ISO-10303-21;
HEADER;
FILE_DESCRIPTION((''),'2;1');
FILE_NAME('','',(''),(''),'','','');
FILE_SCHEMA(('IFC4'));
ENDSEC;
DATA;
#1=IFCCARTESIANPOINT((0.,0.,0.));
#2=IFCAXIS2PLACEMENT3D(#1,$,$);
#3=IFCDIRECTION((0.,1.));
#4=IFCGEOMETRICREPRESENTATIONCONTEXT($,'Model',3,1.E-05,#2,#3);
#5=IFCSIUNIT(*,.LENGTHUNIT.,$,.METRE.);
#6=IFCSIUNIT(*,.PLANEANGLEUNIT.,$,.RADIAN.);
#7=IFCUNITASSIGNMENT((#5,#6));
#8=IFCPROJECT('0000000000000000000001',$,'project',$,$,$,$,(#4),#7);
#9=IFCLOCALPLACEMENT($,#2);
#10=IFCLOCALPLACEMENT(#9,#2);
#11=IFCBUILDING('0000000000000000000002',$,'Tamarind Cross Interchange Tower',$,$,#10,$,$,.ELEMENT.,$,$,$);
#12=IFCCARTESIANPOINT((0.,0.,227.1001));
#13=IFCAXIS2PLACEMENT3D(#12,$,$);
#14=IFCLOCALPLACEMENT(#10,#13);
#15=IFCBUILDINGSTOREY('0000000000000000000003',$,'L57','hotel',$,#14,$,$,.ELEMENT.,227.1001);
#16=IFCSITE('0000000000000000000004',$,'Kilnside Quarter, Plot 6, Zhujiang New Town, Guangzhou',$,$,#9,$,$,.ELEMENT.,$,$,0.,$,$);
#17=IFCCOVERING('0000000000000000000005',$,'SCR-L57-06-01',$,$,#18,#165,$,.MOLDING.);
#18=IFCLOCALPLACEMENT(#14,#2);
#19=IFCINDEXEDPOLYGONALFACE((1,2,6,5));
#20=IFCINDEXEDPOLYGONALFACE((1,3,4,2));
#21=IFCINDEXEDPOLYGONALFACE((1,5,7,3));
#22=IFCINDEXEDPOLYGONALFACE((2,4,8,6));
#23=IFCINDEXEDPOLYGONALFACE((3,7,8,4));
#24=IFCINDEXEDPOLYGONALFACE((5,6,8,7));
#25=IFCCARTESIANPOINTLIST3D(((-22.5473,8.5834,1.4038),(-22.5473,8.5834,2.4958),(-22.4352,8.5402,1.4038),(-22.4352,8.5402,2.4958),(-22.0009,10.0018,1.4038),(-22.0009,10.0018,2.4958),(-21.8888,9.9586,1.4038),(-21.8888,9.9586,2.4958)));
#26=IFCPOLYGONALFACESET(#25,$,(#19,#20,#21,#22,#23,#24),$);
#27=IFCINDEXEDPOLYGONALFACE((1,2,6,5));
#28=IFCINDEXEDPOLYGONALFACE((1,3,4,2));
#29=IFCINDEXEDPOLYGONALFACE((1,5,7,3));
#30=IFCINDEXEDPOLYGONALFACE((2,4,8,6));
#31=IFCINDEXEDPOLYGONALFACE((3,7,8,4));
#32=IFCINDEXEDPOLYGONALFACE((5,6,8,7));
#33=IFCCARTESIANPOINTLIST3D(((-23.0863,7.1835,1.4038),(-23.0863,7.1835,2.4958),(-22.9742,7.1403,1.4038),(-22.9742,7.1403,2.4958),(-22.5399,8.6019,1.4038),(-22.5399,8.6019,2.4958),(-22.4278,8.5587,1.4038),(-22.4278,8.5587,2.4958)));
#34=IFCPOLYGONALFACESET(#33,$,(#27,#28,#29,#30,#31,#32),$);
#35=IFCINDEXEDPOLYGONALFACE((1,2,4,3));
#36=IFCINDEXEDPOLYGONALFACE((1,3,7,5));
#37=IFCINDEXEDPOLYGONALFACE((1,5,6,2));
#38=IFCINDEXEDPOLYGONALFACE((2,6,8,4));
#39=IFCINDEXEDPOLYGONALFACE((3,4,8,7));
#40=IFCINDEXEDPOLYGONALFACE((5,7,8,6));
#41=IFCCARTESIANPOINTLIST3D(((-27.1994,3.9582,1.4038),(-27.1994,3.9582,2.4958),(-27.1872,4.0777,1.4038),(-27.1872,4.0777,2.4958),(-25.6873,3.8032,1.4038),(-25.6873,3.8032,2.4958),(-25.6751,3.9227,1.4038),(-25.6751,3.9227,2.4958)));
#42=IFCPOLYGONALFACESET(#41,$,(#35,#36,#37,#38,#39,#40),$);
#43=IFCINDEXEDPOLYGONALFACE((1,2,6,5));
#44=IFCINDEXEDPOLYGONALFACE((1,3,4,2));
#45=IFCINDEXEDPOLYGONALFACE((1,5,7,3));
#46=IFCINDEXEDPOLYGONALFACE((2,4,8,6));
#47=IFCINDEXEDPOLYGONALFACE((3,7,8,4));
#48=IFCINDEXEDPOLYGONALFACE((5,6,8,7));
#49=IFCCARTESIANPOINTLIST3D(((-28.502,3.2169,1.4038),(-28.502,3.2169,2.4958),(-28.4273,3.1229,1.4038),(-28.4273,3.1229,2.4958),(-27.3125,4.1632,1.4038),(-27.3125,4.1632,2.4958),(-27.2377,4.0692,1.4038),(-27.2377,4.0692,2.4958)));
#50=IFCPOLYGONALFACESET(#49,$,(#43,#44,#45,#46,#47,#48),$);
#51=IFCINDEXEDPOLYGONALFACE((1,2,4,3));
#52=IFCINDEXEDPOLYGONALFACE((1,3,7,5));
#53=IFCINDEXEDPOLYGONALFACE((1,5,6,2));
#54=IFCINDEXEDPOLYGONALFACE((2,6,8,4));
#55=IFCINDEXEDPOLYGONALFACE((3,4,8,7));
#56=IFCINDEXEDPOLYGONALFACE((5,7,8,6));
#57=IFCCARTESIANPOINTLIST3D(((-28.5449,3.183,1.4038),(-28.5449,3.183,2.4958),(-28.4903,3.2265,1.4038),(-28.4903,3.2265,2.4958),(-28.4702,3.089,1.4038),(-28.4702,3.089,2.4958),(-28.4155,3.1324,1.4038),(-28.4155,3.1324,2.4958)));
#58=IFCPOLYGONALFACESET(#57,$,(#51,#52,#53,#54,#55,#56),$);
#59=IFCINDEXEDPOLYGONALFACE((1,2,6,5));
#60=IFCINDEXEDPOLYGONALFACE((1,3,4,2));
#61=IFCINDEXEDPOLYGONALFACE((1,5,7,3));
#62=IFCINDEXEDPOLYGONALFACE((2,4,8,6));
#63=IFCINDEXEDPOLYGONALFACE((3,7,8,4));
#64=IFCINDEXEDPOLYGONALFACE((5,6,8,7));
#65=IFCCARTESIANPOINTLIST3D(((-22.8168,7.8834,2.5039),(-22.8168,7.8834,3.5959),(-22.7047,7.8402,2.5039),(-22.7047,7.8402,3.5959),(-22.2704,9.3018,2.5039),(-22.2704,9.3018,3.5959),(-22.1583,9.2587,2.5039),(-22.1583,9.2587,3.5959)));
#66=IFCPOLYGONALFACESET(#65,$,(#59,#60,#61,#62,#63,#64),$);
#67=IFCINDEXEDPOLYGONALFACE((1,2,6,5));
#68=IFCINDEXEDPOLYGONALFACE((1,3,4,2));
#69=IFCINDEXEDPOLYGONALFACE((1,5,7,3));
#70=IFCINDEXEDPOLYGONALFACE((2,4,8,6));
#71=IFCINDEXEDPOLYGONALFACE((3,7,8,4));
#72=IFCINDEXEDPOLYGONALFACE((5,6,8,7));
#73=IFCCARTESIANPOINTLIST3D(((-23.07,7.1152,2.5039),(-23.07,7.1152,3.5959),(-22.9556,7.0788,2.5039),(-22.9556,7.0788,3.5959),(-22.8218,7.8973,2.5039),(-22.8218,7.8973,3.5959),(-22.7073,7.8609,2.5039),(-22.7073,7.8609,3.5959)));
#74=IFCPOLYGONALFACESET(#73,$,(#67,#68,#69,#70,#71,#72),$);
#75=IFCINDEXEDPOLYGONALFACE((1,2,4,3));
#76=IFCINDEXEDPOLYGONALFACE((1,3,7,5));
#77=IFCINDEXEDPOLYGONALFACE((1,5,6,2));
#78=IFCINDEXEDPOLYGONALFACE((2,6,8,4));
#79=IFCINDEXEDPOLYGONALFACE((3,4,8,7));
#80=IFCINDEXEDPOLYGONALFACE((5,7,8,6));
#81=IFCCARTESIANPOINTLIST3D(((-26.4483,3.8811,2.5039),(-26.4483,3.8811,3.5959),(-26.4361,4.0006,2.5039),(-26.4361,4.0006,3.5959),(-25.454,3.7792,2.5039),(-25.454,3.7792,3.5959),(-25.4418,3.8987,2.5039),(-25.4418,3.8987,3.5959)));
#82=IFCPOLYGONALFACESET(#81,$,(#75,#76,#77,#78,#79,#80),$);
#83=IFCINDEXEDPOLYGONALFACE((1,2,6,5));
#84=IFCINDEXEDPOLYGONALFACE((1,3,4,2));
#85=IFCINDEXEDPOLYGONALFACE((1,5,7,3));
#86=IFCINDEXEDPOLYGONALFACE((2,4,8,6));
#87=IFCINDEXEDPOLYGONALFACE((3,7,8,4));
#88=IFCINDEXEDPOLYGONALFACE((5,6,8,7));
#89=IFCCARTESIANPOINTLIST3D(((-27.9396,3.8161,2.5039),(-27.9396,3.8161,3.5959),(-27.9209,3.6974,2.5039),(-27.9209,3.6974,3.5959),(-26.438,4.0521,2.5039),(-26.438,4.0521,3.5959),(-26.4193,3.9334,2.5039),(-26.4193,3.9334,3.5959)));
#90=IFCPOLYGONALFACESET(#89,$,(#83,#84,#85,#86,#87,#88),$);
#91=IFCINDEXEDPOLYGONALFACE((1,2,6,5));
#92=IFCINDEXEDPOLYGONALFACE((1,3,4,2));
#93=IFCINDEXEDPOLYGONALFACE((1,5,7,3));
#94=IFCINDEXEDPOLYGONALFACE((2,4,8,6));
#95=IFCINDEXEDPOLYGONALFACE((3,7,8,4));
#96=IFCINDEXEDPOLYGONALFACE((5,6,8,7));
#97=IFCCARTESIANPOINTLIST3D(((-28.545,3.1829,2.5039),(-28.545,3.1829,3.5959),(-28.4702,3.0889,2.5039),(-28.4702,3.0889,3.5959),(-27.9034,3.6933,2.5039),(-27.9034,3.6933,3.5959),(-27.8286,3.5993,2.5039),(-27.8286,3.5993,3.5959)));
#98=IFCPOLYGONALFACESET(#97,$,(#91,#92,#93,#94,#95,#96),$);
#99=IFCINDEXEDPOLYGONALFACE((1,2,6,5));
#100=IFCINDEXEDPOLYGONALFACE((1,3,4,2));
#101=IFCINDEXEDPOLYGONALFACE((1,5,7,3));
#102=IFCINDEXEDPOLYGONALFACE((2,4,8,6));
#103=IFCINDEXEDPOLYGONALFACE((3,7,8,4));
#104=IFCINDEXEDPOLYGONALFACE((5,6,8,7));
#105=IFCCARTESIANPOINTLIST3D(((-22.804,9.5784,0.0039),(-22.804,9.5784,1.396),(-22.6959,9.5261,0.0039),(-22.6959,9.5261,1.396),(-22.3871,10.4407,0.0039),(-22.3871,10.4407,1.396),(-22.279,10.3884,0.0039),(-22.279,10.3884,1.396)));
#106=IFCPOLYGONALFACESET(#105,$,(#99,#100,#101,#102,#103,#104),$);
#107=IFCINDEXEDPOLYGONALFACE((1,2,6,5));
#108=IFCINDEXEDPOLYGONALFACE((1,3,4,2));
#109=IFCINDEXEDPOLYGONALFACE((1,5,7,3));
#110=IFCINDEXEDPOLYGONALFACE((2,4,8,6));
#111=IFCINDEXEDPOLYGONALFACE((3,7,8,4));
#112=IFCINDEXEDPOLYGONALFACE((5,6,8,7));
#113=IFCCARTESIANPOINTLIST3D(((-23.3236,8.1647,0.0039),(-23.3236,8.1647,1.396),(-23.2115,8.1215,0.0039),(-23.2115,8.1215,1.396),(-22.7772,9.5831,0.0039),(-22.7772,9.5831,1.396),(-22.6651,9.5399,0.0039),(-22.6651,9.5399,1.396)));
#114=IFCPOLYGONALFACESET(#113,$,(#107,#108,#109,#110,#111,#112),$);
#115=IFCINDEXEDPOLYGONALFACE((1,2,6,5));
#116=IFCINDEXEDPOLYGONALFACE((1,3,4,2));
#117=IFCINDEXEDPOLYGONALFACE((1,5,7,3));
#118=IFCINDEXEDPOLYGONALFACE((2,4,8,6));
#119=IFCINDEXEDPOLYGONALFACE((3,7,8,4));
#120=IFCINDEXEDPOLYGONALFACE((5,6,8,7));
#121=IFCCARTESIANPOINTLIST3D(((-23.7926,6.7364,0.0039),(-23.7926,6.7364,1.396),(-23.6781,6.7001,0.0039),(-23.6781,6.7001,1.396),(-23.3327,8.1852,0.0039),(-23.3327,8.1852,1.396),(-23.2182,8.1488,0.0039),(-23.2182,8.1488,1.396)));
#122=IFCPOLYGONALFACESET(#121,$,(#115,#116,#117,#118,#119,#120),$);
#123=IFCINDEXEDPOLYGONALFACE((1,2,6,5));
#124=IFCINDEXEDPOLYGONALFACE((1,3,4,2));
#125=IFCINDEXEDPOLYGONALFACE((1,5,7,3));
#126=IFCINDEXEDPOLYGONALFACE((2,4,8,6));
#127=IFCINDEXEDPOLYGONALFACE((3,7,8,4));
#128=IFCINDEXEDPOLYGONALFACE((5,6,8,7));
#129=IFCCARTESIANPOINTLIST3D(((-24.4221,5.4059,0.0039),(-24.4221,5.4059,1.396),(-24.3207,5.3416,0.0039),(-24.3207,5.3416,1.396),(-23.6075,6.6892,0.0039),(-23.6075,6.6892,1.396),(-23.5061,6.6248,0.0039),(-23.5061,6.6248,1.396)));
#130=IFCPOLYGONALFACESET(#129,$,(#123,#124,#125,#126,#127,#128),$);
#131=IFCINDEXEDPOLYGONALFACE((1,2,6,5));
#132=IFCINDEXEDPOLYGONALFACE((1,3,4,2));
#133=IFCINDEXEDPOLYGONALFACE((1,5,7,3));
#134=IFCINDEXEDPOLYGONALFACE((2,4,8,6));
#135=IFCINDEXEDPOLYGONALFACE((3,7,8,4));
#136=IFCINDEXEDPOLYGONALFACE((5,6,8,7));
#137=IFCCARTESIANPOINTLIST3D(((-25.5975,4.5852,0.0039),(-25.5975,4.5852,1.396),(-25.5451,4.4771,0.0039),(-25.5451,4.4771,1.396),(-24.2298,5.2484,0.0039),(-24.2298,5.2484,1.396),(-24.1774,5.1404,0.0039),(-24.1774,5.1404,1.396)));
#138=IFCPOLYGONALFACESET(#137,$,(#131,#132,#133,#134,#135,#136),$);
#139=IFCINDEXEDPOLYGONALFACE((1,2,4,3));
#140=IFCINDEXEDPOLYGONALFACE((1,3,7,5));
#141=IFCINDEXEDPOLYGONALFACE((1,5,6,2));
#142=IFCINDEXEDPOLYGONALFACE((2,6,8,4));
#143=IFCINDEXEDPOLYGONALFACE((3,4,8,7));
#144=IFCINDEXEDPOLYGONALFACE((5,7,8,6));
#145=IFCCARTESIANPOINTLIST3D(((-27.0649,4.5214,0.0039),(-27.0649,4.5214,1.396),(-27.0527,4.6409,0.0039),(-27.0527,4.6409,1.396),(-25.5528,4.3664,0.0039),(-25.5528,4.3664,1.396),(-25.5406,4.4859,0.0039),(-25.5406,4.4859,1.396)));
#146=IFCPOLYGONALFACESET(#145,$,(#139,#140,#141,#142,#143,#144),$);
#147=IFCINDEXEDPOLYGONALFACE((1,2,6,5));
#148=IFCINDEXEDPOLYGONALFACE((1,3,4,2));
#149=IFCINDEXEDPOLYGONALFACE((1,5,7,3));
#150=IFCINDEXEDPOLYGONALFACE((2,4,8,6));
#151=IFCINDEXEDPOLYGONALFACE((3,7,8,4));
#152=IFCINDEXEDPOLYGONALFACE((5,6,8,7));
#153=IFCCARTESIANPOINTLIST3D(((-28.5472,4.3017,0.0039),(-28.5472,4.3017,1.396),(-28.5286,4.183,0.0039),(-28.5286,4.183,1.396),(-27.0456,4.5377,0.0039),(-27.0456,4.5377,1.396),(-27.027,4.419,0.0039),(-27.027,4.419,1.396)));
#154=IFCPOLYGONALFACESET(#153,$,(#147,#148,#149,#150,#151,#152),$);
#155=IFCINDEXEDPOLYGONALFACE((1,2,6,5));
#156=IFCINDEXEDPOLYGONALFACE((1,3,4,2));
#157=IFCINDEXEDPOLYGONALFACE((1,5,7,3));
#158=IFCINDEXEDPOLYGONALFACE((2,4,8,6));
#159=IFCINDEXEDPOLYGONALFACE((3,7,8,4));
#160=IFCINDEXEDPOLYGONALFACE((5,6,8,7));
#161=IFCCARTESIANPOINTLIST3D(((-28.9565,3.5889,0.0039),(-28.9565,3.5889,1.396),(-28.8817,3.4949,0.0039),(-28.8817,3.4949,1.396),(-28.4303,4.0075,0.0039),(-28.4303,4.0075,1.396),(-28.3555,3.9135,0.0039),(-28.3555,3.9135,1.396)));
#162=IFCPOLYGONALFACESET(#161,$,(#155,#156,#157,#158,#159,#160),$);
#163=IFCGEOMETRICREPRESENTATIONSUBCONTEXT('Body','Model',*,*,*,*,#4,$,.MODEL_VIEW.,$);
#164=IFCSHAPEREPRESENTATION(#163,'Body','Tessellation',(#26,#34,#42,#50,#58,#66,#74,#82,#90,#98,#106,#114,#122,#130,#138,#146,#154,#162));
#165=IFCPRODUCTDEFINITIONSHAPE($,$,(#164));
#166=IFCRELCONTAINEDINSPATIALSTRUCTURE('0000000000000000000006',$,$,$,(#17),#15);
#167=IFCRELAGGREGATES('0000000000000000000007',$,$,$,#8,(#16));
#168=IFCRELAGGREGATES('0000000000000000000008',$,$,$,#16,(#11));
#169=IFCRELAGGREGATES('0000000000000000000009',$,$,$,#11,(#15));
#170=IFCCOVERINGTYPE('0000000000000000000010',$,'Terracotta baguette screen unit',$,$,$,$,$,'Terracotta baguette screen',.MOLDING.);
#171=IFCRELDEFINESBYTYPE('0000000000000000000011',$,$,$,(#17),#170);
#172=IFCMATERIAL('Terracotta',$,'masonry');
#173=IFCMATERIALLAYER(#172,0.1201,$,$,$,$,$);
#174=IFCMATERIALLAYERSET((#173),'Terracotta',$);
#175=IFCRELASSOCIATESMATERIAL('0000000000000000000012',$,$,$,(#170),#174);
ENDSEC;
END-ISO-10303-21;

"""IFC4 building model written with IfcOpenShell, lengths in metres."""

from ifc_helpers import new_model, si_unit, direction, frame, origin, origin_2d, place, context, subcontext, project, spatial, rectangle, extrude, material, layer, layer_set, type_object, element, save


model = new_model("IFC4")

# Units and contexts
model_context = context("Model", 3, precision=1e-05, world=origin(), true_north=direction((0.0, 1.0)))
body_context = subcontext(model_context, "Body", "Model", "MODEL_VIEW")
ifc_project = project(units=[si_unit("LENGTHUNIT", "METRE"), si_unit("PLANEANGLEUNIT", "RADIAN")], contexts=[model_context])

# Site, building, storey
site_placement = place(None, origin())
site = spatial("IfcSite", under=ifc_project, at=site_placement, Name="Kilnside Quarter, Plot 6, Zhujiang New Town, Guangzhou", CompositionType="ELEMENT", RefElevation=0.0)
building_placement = place(site_placement, origin())
building = spatial("IfcBuilding", under=site, at=building_placement, Name="Tamarind Cross Interchange Tower", CompositionType="ELEMENT")
storey_placement = place(building_placement, frame((0.0, 0.0, 227.1001)))
storey = spatial("IfcBuildingStorey", under=building, at=storey_placement, Name="L57", Description="hotel", CompositionType="ELEMENT", Elevation=227.1001)

# Covering
ifc_material_1 = material(Name="Terracotta", Category="masonry")
ifc_layer_1 = layer(ifc_material_1, 0.1201)
ifc_layer_set_1 = layer_set([ifc_layer_1], Name="Terracotta")
covering_type = type_object("IfcCoveringType", Name="Terracotta baguette screen unit", ElementType="Terracotta baguette screen", PredefinedType="MOLDING", material=ifc_layer_set_1)
covering_1_placement = place(storey_placement, origin())
element("IfcCovering", 1, at=covering_1_placement, inside=storey, type_object=covering_type, Name="SCR-L57-06-01", PredefinedType="MOLDING", context=body_context, shape_type="SweptSolid", body=[
    extrude(rectangle(XDim=1.52, YDim=0.1201, at=origin_2d()), frame((-22.218, 9.271, 1.4038), z_axis=(0.0, 0.0, 1.0), x_axis=(-0.359478, -0.933153, 0.0)), (0.0, 0.0, 1.0), 1.092),
    extrude(rectangle(XDim=1.52, YDim=0.1201, at=origin_2d()), frame((-22.7571, 7.8711, 1.4038), z_axis=(0.0, 0.0, 1.0), x_axis=(-0.359478, -0.933153, 0.0)), (0.0, 0.0, 1.0), 1.092),
    extrude(rectangle(XDim=1.52, YDim=0.1201, at=origin_2d()), frame((-26.4373, 3.9404, 1.4038), z_axis=(0.0, 0.0, 1.0), x_axis=(-0.994785, 0.10199, 0.0)), (0.0, 0.0, 1.0), 1.092),
    extrude(rectangle(XDim=1.52, YDim=0.1201, at=origin_2d()), frame((-27.8699, 3.6431, 1.4038), z_axis=(0.0, 0.0, 1.0), x_axis=(-0.782606, -0.622517, 0.0)), (0.0, 0.0, 1.0), 1.092),
    extrude(rectangle(XDim=0.0698, YDim=0.1201, at=origin_2d()), frame((-28.4802, 3.1577, 1.4038), z_axis=(0.0, 0.0, 1.0), x_axis=(-0.782606, -0.622517, 0.0)), (0.0, 0.0, 1.0), 1.092),
    extrude(rectangle(XDim=1.52, YDim=0.1201, at=origin_2d()), frame((-22.4875, 8.571, 2.5039), z_axis=(0.0, 0.0, 1.0), x_axis=(-0.359478, -0.933153, 0.0)), (0.0, 0.0, 1.0), 1.092),
    extrude(rectangle(XDim=0.8206, YDim=0.1201, at=origin_2d()), frame((-22.8887, 7.488, 2.5039), z_axis=(0.0, 0.0, 1.0), x_axis=(-0.302552, -0.953133, 0.0)), (0.0, 0.0, 1.0), 1.092),
    extrude(rectangle(XDim=0.9995, YDim=0.1201, at=origin_2d()), frame((-25.9451, 3.8899, 2.5039), z_axis=(0.0, 0.0, 1.0), x_axis=(-0.994785, 0.10199, 0.0)), (0.0, 0.0, 1.0), 1.092),
    extrude(rectangle(XDim=1.52, YDim=0.1201, at=origin_2d()), frame((-27.1794, 3.8748, 2.5039), z_axis=(0.0, 0.0, 1.0), x_axis=(-0.987876, -0.155243, 0.0)), (0.0, 0.0, 1.0), 1.092),
    extrude(rectangle(XDim=0.8198, YDim=0.1201, at=origin_2d()), frame((-28.1868, 3.3911, 2.5039), z_axis=(0.0, 0.0, 1.0), x_axis=(-0.782606, -0.622517, 0.0)), (0.0, 0.0, 1.0), 1.092),
    extrude(rectangle(XDim=0.9578, YDim=0.1201, at=origin_2d()), frame((-22.5415, 9.9834, 0.0039), z_axis=(0.0, 0.0, 1.0), x_axis=(-0.435326, -0.900273, 0.0)), (0.0, 0.0, 1.0), 1.3921),
    extrude(rectangle(XDim=1.52, YDim=0.1201, at=origin_2d()), frame((-22.9944, 8.8523, 0.0039), z_axis=(0.0, 0.0, 1.0), x_axis=(-0.359478, -0.933153, 0.0)), (0.0, 0.0, 1.0), 1.3921),
    extrude(rectangle(XDim=1.52, YDim=0.1201, at=origin_2d()), frame((-23.5054, 7.4426, 0.0039), z_axis=(0.0, 0.0, 1.0), x_axis=(-0.302552, -0.953133, 0.0)), (0.0, 0.0, 1.0), 1.3921),
    extrude(rectangle(XDim=1.52, YDim=0.1201, at=origin_2d()), frame((-23.9641, 6.0154, 0.0039), z_axis=(0.0, 0.0, 1.0), x_axis=(-0.535946, -0.844252, 0.0)), (0.0, 0.0, 1.0), 1.3921),
    extrude(rectangle(XDim=1.52, YDim=0.1201, at=origin_2d()), frame((-24.8875, 4.8628, 0.0039), z_axis=(0.0, 0.0, 1.0), x_axis=(-0.899793, -0.436316, 0.0)), (0.0, 0.0, 1.0), 1.3921),
    extrude(rectangle(XDim=1.52, YDim=0.1201, at=origin_2d()), frame((-26.3027, 4.5037, 0.0039), z_axis=(0.0, 0.0, 1.0), x_axis=(-0.994785, 0.10199, 0.0)), (0.0, 0.0, 1.0), 1.3921),
    extrude(rectangle(XDim=1.52, YDim=0.1201, at=origin_2d()), frame((-27.7871, 4.3604, 0.0039), z_axis=(0.0, 0.0, 1.0), x_axis=(-0.987876, -0.155243, 0.0)), (0.0, 0.0, 1.0), 1.3921),
    extrude(rectangle(XDim=0.6724, YDim=0.1201, at=origin_2d()), frame((-28.656, 3.7512, 0.0039), z_axis=(0.0, 0.0, 1.0), x_axis=(-0.782606, -0.622517, 0.0)), (0.0, 0.0, 1.0), 1.3921),
])

save(model, "model.ifc")
